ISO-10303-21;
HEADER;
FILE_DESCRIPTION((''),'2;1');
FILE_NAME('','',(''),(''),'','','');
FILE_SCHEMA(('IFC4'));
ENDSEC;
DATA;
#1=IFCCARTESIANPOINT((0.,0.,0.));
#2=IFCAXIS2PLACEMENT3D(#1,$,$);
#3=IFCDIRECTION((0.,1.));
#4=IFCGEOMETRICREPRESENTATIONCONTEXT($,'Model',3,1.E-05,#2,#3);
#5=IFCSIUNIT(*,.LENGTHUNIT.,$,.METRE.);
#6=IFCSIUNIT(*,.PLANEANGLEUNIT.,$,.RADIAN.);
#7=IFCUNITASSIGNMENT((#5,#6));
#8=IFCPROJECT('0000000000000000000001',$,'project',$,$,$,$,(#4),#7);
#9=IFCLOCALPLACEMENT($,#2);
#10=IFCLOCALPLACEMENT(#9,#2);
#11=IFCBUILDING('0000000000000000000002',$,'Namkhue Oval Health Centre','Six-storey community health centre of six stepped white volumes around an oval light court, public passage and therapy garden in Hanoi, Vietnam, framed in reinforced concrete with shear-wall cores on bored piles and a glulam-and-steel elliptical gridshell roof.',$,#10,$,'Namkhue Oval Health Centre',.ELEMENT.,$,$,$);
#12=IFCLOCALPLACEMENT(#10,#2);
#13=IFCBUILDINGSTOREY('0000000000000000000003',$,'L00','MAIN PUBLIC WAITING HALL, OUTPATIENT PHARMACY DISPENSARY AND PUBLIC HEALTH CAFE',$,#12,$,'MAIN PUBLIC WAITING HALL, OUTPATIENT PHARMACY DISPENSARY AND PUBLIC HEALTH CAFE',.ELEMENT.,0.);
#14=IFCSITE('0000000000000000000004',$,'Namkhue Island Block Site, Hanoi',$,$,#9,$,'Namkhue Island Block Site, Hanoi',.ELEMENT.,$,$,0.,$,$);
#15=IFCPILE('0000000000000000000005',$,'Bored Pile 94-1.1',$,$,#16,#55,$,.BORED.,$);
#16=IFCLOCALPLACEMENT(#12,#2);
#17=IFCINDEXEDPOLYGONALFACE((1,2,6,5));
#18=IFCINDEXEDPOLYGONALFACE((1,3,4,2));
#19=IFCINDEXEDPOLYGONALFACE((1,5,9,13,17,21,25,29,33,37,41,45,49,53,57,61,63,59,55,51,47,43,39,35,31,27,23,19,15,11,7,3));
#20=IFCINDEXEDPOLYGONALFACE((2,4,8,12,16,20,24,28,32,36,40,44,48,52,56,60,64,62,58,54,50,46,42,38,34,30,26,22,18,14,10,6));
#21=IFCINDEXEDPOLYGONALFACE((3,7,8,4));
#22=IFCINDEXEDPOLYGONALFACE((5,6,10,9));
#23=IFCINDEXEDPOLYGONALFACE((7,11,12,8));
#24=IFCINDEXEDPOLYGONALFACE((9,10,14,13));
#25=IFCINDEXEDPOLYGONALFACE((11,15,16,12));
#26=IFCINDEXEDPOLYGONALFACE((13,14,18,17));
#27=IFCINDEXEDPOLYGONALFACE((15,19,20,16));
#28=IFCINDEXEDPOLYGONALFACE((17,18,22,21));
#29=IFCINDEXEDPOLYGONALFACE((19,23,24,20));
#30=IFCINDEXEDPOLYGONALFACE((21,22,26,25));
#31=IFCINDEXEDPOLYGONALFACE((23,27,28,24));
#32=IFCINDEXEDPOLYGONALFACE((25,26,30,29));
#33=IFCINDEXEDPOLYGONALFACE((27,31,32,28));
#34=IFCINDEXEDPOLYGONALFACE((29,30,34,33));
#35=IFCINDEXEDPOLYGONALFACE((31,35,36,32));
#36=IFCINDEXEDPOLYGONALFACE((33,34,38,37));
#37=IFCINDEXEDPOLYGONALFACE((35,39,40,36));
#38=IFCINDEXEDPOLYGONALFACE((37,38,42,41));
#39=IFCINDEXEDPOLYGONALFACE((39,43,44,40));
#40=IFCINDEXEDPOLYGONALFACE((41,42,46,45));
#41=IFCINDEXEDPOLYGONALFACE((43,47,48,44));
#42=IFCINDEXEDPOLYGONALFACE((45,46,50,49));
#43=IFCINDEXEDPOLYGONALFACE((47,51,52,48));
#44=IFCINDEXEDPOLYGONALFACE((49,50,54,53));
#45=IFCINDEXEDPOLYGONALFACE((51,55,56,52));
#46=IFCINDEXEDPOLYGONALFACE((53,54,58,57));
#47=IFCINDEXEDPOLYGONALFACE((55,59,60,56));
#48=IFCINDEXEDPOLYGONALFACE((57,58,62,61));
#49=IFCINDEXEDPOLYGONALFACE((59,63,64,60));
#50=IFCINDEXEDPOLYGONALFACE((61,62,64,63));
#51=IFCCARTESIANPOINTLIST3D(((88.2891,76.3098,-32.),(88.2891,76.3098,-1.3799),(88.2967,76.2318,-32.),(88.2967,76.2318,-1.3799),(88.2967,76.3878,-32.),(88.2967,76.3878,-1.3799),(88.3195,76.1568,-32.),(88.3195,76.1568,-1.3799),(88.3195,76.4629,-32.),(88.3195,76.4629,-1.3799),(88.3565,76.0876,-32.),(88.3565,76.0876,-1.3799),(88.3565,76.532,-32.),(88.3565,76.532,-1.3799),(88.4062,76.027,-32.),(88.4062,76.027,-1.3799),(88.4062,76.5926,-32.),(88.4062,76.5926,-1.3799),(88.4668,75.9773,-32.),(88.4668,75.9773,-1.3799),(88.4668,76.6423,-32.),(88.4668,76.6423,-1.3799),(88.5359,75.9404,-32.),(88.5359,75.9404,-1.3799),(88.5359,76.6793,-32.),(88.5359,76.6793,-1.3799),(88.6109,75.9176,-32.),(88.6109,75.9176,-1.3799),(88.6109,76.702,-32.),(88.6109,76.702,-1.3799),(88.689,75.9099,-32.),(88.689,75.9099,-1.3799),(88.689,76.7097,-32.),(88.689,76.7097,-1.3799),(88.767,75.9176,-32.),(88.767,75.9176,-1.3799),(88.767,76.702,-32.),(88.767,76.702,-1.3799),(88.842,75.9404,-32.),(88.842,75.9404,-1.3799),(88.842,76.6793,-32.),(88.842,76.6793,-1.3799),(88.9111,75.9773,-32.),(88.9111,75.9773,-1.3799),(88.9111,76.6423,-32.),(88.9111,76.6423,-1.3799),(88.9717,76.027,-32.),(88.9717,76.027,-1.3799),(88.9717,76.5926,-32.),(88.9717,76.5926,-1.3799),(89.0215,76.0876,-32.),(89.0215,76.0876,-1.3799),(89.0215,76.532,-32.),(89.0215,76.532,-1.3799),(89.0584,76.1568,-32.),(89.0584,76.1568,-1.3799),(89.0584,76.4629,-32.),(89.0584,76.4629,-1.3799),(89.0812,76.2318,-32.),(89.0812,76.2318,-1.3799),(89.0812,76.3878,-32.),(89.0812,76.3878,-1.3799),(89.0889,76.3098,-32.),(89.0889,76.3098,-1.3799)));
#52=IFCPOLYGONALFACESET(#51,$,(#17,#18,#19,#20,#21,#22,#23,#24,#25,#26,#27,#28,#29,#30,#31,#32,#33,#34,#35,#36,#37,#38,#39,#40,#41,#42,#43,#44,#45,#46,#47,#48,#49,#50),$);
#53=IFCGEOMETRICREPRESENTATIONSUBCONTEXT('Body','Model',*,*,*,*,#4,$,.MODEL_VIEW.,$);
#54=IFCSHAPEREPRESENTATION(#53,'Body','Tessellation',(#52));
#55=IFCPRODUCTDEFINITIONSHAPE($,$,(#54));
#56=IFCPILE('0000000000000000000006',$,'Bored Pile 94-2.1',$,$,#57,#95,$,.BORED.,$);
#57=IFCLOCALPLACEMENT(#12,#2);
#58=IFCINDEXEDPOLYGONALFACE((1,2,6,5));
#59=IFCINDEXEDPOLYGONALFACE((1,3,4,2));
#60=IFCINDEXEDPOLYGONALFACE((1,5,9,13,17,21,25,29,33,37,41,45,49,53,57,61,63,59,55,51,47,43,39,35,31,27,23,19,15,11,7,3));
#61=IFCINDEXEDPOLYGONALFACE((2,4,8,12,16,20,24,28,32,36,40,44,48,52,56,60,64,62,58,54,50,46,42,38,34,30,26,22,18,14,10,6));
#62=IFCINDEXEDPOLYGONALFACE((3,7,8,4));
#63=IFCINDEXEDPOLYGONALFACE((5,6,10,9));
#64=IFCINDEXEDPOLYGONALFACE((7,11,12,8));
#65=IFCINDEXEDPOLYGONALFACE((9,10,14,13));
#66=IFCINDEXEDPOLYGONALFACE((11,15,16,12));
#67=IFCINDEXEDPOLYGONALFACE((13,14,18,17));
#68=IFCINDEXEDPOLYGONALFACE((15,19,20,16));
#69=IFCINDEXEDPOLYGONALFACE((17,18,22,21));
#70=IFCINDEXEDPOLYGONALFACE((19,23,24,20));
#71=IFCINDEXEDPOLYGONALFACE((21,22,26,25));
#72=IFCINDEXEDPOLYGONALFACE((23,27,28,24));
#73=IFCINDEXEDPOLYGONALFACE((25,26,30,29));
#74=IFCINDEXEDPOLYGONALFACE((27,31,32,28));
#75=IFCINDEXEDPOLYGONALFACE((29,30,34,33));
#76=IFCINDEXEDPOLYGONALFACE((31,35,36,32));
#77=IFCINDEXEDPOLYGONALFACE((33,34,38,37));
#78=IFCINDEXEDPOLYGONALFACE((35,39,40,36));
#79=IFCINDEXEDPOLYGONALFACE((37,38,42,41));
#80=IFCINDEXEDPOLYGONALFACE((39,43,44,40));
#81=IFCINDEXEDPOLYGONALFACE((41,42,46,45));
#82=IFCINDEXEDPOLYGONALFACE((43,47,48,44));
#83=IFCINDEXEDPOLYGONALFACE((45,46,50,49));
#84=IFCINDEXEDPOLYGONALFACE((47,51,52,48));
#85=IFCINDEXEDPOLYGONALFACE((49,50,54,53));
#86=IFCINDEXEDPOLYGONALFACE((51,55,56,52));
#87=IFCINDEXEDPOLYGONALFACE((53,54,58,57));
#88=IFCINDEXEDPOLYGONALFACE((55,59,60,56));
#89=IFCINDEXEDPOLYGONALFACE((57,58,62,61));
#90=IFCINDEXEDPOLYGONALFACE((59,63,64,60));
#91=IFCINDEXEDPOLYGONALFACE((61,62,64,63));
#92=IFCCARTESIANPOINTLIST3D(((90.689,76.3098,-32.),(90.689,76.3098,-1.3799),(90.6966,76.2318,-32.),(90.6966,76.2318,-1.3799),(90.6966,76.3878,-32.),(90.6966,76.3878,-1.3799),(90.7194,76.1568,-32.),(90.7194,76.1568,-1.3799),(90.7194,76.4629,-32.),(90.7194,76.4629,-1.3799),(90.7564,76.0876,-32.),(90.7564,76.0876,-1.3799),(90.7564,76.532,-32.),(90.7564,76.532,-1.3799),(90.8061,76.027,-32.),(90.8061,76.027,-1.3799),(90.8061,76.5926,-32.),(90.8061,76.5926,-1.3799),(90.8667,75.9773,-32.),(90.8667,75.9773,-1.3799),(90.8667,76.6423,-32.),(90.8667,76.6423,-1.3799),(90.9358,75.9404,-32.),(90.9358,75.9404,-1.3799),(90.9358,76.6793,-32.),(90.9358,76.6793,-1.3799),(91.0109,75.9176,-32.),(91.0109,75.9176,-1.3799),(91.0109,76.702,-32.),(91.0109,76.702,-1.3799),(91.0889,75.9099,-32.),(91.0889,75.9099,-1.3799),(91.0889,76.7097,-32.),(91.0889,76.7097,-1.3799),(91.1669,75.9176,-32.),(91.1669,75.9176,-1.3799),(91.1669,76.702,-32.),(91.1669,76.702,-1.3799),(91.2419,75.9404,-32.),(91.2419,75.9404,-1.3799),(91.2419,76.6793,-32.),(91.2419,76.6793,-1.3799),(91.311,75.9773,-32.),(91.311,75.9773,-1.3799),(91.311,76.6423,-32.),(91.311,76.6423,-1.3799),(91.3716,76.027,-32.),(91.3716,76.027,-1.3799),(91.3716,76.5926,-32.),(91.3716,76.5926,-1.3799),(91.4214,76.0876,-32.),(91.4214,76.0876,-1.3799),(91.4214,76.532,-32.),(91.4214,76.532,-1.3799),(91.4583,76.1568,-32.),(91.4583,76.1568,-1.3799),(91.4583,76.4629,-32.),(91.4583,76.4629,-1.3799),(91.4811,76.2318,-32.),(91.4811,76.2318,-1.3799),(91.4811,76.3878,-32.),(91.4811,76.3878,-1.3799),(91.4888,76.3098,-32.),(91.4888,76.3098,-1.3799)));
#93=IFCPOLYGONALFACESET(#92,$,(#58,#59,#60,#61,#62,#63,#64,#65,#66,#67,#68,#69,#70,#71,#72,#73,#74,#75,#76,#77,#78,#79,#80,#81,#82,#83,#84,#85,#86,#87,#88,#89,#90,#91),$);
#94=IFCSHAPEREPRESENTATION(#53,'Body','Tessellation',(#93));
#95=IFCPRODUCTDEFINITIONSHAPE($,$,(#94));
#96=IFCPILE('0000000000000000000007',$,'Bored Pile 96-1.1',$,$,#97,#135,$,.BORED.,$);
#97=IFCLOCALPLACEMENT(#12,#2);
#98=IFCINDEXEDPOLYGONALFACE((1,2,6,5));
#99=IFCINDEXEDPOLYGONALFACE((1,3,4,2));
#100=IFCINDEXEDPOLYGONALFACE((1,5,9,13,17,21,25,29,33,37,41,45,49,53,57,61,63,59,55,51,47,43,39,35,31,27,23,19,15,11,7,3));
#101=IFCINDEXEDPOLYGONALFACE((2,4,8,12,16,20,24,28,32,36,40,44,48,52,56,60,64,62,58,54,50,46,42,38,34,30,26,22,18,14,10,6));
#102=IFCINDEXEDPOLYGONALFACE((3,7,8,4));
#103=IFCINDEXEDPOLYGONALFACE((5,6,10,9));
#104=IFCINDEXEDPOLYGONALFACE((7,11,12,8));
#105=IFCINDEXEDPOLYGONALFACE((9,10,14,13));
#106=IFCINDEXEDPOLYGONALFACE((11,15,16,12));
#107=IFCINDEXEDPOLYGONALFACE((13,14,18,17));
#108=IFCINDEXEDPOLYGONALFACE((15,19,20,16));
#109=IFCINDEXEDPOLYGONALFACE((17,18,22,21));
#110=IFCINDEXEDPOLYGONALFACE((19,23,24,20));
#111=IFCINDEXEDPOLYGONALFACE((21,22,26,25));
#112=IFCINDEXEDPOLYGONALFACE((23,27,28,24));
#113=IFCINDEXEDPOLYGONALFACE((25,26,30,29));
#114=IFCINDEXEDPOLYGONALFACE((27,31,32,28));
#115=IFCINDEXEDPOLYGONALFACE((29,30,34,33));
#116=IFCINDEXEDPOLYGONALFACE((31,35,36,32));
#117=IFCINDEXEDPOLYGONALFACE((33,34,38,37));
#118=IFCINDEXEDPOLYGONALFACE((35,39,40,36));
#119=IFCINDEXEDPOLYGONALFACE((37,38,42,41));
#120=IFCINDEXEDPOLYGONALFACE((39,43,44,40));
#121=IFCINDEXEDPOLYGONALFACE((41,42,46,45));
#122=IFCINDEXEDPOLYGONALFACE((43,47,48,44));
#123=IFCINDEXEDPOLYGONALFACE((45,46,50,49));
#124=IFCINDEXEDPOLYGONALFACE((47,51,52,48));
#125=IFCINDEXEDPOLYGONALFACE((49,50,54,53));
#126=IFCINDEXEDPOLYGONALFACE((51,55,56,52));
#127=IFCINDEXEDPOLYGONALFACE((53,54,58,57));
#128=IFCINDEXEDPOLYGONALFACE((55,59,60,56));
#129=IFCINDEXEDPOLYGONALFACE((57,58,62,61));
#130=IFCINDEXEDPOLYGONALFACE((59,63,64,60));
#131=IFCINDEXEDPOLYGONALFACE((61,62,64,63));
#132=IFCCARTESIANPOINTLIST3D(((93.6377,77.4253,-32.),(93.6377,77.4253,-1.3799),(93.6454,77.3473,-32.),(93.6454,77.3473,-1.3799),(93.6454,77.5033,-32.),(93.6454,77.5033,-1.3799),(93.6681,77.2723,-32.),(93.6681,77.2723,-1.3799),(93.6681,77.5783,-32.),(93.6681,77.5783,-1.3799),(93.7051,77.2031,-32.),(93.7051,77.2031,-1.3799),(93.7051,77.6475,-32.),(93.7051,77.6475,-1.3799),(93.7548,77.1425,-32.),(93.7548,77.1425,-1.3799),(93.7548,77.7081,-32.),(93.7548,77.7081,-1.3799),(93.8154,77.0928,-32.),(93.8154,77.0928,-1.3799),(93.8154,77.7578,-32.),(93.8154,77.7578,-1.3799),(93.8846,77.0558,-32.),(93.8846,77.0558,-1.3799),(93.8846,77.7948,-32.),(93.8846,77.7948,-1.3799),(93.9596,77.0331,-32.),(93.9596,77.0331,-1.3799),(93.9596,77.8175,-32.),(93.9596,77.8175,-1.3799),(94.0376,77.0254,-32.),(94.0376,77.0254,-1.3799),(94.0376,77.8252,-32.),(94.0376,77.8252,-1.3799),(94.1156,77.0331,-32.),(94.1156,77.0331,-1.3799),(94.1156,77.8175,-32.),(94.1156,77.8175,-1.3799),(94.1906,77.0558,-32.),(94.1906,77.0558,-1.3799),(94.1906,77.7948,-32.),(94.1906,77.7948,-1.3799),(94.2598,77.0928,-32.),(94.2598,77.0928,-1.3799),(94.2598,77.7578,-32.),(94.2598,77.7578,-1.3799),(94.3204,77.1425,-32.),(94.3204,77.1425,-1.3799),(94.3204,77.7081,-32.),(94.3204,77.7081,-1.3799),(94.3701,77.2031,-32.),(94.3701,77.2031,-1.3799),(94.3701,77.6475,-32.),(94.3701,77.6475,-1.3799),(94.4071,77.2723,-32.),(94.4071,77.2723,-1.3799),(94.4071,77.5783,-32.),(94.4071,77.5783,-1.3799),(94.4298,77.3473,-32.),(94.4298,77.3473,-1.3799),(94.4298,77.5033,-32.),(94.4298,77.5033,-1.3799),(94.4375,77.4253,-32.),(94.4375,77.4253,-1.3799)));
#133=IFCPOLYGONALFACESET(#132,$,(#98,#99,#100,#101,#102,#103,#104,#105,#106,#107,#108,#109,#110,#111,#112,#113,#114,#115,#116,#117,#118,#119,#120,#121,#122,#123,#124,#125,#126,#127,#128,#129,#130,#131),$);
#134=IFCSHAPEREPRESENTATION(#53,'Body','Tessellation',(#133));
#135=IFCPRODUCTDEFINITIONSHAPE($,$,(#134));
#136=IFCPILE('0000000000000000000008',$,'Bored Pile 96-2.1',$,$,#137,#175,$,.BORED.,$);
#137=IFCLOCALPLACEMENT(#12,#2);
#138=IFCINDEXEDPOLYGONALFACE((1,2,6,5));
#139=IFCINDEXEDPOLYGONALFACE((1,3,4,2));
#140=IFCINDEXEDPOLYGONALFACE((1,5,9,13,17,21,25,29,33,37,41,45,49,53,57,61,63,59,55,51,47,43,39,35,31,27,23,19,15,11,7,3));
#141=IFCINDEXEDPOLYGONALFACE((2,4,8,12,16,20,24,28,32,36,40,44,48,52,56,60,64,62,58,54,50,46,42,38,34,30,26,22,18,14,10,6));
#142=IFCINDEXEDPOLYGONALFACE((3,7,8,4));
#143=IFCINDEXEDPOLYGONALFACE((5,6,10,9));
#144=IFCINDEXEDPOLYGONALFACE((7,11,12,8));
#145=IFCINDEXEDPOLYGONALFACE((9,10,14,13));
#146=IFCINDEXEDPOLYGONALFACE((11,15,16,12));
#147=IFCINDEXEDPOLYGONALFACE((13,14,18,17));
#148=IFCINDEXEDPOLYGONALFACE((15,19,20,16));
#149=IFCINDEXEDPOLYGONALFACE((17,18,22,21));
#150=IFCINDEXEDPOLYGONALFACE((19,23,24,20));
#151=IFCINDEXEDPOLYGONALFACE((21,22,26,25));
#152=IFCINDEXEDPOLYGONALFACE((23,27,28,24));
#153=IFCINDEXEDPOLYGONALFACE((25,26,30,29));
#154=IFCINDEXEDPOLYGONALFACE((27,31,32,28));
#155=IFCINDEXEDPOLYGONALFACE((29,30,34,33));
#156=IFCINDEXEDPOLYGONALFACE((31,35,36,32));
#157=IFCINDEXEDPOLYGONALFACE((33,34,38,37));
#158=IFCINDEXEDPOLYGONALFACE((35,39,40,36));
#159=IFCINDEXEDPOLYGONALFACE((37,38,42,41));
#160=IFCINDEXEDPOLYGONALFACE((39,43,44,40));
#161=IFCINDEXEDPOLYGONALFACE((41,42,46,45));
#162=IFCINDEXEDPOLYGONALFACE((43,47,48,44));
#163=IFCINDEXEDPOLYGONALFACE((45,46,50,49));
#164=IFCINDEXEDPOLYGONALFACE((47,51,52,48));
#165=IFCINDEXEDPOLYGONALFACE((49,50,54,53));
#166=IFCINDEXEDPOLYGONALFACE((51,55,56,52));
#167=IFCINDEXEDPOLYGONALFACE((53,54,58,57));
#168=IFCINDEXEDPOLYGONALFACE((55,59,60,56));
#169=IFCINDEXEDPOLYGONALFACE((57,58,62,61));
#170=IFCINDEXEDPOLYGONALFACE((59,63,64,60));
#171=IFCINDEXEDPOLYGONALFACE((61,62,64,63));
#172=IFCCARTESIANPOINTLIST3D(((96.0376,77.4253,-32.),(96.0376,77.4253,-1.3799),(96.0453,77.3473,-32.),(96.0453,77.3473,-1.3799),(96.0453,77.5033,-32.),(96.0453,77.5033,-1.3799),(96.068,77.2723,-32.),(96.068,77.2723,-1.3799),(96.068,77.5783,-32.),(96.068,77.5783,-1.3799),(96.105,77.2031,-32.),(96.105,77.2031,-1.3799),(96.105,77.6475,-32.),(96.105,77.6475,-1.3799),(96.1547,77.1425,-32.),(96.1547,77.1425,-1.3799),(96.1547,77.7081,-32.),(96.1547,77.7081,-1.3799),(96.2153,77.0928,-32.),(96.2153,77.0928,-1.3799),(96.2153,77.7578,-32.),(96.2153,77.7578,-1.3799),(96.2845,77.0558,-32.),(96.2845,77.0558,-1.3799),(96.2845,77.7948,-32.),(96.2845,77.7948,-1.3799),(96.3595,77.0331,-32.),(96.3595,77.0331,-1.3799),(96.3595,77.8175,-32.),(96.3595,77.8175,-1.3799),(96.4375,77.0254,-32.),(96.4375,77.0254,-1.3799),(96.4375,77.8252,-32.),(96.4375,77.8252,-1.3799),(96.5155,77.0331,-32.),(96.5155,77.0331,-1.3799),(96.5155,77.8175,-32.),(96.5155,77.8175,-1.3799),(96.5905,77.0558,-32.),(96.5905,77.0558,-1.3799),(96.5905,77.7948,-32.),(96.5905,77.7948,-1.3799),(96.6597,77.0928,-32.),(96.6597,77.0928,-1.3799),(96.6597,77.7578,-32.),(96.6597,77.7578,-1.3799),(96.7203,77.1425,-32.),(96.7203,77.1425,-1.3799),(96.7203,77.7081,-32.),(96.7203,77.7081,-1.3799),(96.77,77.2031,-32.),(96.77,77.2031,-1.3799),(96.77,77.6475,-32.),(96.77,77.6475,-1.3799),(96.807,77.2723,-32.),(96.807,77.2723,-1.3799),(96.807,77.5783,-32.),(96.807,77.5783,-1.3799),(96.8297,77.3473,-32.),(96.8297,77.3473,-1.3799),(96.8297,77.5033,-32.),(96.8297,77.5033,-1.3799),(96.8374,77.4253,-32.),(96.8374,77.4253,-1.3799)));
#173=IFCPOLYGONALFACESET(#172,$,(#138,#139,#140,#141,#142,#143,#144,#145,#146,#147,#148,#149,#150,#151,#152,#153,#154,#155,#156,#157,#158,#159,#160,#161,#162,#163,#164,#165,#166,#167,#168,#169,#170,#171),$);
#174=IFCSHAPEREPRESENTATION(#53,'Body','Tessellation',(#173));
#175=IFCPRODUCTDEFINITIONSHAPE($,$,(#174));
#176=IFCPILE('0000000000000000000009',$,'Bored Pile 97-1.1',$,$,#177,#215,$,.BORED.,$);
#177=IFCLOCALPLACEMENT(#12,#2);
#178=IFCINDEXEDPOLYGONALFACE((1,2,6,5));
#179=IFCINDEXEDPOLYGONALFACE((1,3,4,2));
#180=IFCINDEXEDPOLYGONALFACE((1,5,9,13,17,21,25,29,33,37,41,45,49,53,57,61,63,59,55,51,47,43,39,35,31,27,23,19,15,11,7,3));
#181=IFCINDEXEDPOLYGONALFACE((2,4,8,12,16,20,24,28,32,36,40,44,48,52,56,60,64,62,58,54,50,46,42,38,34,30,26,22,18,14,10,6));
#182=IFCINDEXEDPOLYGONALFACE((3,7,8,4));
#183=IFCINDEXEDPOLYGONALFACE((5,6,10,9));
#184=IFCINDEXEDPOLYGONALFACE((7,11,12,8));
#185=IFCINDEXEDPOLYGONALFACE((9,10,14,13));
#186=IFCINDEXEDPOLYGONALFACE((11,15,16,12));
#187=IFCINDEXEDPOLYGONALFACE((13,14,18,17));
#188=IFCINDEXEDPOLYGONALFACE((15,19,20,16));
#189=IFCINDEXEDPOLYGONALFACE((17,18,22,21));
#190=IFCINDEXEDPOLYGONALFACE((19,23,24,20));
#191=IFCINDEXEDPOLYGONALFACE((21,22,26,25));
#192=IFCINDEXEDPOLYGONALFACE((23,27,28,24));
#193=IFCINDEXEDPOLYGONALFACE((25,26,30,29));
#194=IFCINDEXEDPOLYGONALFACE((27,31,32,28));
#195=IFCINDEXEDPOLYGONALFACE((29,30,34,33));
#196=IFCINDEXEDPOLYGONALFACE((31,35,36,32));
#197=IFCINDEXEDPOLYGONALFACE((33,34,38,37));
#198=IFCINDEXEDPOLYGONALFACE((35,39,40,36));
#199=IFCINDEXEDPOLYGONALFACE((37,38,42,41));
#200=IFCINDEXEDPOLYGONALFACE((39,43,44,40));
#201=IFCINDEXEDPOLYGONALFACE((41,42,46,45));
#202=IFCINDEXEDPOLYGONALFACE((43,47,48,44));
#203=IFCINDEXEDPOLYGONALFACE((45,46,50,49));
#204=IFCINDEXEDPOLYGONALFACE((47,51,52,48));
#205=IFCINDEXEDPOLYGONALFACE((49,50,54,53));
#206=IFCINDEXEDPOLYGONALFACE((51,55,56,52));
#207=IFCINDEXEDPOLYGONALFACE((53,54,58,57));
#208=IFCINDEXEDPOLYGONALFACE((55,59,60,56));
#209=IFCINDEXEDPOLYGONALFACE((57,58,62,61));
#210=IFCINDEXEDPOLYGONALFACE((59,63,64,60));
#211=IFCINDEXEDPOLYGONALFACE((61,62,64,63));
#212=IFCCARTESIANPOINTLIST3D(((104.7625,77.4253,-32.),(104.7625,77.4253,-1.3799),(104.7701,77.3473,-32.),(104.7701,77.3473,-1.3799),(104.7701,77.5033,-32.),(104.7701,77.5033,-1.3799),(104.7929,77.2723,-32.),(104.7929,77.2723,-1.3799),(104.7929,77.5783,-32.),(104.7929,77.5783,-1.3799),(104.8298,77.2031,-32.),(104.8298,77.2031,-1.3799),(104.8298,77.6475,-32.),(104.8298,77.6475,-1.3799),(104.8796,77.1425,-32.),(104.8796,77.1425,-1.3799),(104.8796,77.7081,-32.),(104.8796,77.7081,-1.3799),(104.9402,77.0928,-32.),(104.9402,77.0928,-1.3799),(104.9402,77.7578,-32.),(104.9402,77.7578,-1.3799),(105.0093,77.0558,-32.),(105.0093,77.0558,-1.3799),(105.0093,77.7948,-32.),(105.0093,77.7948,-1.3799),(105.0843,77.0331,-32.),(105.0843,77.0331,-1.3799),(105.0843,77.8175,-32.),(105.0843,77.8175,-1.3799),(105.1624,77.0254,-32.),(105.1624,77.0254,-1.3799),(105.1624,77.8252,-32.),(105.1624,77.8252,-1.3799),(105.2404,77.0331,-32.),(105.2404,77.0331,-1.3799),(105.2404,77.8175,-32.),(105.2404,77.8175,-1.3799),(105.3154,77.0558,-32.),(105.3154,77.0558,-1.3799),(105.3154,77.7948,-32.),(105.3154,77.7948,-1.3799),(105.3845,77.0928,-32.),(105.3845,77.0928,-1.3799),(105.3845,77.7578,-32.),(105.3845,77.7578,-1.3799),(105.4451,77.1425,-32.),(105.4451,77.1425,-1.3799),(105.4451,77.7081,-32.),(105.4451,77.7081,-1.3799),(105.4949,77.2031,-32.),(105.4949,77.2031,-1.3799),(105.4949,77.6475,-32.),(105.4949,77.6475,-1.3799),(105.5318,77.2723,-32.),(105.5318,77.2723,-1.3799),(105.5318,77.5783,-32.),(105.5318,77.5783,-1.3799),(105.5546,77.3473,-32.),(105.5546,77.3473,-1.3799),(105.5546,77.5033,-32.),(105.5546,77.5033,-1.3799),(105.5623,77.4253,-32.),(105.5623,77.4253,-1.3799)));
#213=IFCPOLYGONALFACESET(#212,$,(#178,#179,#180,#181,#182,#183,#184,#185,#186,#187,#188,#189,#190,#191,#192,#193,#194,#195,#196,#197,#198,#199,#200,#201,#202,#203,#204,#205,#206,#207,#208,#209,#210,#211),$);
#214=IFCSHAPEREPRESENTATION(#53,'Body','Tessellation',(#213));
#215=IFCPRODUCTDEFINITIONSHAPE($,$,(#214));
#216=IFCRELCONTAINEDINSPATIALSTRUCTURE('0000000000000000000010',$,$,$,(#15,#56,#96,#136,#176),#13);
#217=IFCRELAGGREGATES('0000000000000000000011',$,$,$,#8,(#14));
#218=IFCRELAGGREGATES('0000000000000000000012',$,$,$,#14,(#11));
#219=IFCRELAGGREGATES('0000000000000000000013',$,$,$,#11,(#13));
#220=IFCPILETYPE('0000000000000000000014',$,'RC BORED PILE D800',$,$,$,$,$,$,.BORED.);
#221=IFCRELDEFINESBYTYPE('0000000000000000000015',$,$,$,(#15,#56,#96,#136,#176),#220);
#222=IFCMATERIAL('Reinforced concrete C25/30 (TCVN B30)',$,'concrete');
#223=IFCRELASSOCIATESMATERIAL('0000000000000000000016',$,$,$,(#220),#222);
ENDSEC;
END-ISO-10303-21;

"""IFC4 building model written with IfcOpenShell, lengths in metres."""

from ifc_helpers import new_model, si_unit, direction, frame, origin, origin_2d, place, context, subcontext, project, spatial, circle, extrude, material, material_profile, profile_set, type_object, element, save


model = new_model("IFC4")

# Units and contexts
model_context = context("Model", 3, precision=1e-05, world=origin(), true_north=direction((0.0, 1.0)))
body_context = subcontext(model_context, "Body", "Model", "MODEL_VIEW")
ifc_project = project(units=[si_unit("LENGTHUNIT", "METRE"), si_unit("PLANEANGLEUNIT", "RADIAN")], contexts=[model_context])

# Site, building, storey
site_placement = place(None, origin())
site = spatial("IfcSite", under=ifc_project, at=site_placement, Name="Namkhue Island Block Site, Hanoi", LongName="Namkhue Island Block Site, Hanoi", CompositionType="ELEMENT", RefElevation=0.0)
building_placement = place(site_placement, origin())
building = spatial("IfcBuilding", under=site, at=building_placement, Name="Namkhue Oval Health Centre", Description="Six-storey community health centre of six stepped white volumes around an oval light court, public passage and therapy garden in Hanoi, Vietnam, framed in reinforced concrete with shear-wall cores on bored piles and a glulam-and-steel elliptical gridshell roof.", LongName="Namkhue Oval Health Centre", CompositionType="ELEMENT")
storey_placement = place(building_placement, origin())
storey = spatial("IfcBuildingStorey", under=building, at=storey_placement, Name="L00", Description="MAIN PUBLIC WAITING HALL, OUTPATIENT PHARMACY DISPENSARY AND PUBLIC HEALTH CAFE", LongName="MAIN PUBLIC WAITING HALL, OUTPATIENT PHARMACY DISPENSARY AND PUBLIC HEALTH CAFE", CompositionType="ELEMENT", Elevation=0.0)

# Piles
ifc_material_1 = material(Name="Reinforced concrete C25/30 (TCVN B30)", Category="concrete")
ifc_material_profile_1 = material_profile(ifc_material_1, circle(Radius=0.3999, at=origin_2d()), Name="BORED PILE D800")
ifc_profile_set_1 = profile_set([ifc_material_profile_1], Name="Reinforced concrete C25/30 (TCVN B30)")
pile_type_1 = type_object("IfcPileType", Name="RC BORED PILE D800", PredefinedType="BORED", material=ifc_profile_set_1)
for number, where, z_axis, x_axis, name in (
    (1, (88.689, 76.3098, -1.3799), (0.0, 0.0, -1.0), (1.0, 0.0, 0.0), "Bored Pile 94-1.1"),
    (2, (91.0889, 76.3098, -1.3799), (0.0, 0.0, -1.0), (1.0, 0.0, 0.0), "Bored Pile 94-2.1"),
    (3, (94.0376, 77.4253, -1.3799), (0.0, 0.0, -1.0), (1.0, 0.0, 0.0), "Bored Pile 96-1.1"),
    (4, (96.4375, 77.4253, -1.3799), (0.0, 0.0, -1.0), (1.0, 0.0, 0.0), "Bored Pile 96-2.1"),
    (5, (105.1624, 77.4253, -1.3799), (0.0, 0.0, -1.0), (1.0, 0.0, 0.0), "Bored Pile 97-1.1"),
):
    element("IfcPile", number, at=place(storey_placement, frame(where, z_axis=z_axis, x_axis=x_axis)), inside=storey, type_object=pile_type_1, Name=name, PredefinedType="BORED", context=body_context, shape_type="SweptSolid", body=[
        extrude(circle(Radius=0.3999, at=origin_2d()), origin(), (0.0, 0.0, 1.0), 30.6201),
    ])

save(model, "model.ifc")
